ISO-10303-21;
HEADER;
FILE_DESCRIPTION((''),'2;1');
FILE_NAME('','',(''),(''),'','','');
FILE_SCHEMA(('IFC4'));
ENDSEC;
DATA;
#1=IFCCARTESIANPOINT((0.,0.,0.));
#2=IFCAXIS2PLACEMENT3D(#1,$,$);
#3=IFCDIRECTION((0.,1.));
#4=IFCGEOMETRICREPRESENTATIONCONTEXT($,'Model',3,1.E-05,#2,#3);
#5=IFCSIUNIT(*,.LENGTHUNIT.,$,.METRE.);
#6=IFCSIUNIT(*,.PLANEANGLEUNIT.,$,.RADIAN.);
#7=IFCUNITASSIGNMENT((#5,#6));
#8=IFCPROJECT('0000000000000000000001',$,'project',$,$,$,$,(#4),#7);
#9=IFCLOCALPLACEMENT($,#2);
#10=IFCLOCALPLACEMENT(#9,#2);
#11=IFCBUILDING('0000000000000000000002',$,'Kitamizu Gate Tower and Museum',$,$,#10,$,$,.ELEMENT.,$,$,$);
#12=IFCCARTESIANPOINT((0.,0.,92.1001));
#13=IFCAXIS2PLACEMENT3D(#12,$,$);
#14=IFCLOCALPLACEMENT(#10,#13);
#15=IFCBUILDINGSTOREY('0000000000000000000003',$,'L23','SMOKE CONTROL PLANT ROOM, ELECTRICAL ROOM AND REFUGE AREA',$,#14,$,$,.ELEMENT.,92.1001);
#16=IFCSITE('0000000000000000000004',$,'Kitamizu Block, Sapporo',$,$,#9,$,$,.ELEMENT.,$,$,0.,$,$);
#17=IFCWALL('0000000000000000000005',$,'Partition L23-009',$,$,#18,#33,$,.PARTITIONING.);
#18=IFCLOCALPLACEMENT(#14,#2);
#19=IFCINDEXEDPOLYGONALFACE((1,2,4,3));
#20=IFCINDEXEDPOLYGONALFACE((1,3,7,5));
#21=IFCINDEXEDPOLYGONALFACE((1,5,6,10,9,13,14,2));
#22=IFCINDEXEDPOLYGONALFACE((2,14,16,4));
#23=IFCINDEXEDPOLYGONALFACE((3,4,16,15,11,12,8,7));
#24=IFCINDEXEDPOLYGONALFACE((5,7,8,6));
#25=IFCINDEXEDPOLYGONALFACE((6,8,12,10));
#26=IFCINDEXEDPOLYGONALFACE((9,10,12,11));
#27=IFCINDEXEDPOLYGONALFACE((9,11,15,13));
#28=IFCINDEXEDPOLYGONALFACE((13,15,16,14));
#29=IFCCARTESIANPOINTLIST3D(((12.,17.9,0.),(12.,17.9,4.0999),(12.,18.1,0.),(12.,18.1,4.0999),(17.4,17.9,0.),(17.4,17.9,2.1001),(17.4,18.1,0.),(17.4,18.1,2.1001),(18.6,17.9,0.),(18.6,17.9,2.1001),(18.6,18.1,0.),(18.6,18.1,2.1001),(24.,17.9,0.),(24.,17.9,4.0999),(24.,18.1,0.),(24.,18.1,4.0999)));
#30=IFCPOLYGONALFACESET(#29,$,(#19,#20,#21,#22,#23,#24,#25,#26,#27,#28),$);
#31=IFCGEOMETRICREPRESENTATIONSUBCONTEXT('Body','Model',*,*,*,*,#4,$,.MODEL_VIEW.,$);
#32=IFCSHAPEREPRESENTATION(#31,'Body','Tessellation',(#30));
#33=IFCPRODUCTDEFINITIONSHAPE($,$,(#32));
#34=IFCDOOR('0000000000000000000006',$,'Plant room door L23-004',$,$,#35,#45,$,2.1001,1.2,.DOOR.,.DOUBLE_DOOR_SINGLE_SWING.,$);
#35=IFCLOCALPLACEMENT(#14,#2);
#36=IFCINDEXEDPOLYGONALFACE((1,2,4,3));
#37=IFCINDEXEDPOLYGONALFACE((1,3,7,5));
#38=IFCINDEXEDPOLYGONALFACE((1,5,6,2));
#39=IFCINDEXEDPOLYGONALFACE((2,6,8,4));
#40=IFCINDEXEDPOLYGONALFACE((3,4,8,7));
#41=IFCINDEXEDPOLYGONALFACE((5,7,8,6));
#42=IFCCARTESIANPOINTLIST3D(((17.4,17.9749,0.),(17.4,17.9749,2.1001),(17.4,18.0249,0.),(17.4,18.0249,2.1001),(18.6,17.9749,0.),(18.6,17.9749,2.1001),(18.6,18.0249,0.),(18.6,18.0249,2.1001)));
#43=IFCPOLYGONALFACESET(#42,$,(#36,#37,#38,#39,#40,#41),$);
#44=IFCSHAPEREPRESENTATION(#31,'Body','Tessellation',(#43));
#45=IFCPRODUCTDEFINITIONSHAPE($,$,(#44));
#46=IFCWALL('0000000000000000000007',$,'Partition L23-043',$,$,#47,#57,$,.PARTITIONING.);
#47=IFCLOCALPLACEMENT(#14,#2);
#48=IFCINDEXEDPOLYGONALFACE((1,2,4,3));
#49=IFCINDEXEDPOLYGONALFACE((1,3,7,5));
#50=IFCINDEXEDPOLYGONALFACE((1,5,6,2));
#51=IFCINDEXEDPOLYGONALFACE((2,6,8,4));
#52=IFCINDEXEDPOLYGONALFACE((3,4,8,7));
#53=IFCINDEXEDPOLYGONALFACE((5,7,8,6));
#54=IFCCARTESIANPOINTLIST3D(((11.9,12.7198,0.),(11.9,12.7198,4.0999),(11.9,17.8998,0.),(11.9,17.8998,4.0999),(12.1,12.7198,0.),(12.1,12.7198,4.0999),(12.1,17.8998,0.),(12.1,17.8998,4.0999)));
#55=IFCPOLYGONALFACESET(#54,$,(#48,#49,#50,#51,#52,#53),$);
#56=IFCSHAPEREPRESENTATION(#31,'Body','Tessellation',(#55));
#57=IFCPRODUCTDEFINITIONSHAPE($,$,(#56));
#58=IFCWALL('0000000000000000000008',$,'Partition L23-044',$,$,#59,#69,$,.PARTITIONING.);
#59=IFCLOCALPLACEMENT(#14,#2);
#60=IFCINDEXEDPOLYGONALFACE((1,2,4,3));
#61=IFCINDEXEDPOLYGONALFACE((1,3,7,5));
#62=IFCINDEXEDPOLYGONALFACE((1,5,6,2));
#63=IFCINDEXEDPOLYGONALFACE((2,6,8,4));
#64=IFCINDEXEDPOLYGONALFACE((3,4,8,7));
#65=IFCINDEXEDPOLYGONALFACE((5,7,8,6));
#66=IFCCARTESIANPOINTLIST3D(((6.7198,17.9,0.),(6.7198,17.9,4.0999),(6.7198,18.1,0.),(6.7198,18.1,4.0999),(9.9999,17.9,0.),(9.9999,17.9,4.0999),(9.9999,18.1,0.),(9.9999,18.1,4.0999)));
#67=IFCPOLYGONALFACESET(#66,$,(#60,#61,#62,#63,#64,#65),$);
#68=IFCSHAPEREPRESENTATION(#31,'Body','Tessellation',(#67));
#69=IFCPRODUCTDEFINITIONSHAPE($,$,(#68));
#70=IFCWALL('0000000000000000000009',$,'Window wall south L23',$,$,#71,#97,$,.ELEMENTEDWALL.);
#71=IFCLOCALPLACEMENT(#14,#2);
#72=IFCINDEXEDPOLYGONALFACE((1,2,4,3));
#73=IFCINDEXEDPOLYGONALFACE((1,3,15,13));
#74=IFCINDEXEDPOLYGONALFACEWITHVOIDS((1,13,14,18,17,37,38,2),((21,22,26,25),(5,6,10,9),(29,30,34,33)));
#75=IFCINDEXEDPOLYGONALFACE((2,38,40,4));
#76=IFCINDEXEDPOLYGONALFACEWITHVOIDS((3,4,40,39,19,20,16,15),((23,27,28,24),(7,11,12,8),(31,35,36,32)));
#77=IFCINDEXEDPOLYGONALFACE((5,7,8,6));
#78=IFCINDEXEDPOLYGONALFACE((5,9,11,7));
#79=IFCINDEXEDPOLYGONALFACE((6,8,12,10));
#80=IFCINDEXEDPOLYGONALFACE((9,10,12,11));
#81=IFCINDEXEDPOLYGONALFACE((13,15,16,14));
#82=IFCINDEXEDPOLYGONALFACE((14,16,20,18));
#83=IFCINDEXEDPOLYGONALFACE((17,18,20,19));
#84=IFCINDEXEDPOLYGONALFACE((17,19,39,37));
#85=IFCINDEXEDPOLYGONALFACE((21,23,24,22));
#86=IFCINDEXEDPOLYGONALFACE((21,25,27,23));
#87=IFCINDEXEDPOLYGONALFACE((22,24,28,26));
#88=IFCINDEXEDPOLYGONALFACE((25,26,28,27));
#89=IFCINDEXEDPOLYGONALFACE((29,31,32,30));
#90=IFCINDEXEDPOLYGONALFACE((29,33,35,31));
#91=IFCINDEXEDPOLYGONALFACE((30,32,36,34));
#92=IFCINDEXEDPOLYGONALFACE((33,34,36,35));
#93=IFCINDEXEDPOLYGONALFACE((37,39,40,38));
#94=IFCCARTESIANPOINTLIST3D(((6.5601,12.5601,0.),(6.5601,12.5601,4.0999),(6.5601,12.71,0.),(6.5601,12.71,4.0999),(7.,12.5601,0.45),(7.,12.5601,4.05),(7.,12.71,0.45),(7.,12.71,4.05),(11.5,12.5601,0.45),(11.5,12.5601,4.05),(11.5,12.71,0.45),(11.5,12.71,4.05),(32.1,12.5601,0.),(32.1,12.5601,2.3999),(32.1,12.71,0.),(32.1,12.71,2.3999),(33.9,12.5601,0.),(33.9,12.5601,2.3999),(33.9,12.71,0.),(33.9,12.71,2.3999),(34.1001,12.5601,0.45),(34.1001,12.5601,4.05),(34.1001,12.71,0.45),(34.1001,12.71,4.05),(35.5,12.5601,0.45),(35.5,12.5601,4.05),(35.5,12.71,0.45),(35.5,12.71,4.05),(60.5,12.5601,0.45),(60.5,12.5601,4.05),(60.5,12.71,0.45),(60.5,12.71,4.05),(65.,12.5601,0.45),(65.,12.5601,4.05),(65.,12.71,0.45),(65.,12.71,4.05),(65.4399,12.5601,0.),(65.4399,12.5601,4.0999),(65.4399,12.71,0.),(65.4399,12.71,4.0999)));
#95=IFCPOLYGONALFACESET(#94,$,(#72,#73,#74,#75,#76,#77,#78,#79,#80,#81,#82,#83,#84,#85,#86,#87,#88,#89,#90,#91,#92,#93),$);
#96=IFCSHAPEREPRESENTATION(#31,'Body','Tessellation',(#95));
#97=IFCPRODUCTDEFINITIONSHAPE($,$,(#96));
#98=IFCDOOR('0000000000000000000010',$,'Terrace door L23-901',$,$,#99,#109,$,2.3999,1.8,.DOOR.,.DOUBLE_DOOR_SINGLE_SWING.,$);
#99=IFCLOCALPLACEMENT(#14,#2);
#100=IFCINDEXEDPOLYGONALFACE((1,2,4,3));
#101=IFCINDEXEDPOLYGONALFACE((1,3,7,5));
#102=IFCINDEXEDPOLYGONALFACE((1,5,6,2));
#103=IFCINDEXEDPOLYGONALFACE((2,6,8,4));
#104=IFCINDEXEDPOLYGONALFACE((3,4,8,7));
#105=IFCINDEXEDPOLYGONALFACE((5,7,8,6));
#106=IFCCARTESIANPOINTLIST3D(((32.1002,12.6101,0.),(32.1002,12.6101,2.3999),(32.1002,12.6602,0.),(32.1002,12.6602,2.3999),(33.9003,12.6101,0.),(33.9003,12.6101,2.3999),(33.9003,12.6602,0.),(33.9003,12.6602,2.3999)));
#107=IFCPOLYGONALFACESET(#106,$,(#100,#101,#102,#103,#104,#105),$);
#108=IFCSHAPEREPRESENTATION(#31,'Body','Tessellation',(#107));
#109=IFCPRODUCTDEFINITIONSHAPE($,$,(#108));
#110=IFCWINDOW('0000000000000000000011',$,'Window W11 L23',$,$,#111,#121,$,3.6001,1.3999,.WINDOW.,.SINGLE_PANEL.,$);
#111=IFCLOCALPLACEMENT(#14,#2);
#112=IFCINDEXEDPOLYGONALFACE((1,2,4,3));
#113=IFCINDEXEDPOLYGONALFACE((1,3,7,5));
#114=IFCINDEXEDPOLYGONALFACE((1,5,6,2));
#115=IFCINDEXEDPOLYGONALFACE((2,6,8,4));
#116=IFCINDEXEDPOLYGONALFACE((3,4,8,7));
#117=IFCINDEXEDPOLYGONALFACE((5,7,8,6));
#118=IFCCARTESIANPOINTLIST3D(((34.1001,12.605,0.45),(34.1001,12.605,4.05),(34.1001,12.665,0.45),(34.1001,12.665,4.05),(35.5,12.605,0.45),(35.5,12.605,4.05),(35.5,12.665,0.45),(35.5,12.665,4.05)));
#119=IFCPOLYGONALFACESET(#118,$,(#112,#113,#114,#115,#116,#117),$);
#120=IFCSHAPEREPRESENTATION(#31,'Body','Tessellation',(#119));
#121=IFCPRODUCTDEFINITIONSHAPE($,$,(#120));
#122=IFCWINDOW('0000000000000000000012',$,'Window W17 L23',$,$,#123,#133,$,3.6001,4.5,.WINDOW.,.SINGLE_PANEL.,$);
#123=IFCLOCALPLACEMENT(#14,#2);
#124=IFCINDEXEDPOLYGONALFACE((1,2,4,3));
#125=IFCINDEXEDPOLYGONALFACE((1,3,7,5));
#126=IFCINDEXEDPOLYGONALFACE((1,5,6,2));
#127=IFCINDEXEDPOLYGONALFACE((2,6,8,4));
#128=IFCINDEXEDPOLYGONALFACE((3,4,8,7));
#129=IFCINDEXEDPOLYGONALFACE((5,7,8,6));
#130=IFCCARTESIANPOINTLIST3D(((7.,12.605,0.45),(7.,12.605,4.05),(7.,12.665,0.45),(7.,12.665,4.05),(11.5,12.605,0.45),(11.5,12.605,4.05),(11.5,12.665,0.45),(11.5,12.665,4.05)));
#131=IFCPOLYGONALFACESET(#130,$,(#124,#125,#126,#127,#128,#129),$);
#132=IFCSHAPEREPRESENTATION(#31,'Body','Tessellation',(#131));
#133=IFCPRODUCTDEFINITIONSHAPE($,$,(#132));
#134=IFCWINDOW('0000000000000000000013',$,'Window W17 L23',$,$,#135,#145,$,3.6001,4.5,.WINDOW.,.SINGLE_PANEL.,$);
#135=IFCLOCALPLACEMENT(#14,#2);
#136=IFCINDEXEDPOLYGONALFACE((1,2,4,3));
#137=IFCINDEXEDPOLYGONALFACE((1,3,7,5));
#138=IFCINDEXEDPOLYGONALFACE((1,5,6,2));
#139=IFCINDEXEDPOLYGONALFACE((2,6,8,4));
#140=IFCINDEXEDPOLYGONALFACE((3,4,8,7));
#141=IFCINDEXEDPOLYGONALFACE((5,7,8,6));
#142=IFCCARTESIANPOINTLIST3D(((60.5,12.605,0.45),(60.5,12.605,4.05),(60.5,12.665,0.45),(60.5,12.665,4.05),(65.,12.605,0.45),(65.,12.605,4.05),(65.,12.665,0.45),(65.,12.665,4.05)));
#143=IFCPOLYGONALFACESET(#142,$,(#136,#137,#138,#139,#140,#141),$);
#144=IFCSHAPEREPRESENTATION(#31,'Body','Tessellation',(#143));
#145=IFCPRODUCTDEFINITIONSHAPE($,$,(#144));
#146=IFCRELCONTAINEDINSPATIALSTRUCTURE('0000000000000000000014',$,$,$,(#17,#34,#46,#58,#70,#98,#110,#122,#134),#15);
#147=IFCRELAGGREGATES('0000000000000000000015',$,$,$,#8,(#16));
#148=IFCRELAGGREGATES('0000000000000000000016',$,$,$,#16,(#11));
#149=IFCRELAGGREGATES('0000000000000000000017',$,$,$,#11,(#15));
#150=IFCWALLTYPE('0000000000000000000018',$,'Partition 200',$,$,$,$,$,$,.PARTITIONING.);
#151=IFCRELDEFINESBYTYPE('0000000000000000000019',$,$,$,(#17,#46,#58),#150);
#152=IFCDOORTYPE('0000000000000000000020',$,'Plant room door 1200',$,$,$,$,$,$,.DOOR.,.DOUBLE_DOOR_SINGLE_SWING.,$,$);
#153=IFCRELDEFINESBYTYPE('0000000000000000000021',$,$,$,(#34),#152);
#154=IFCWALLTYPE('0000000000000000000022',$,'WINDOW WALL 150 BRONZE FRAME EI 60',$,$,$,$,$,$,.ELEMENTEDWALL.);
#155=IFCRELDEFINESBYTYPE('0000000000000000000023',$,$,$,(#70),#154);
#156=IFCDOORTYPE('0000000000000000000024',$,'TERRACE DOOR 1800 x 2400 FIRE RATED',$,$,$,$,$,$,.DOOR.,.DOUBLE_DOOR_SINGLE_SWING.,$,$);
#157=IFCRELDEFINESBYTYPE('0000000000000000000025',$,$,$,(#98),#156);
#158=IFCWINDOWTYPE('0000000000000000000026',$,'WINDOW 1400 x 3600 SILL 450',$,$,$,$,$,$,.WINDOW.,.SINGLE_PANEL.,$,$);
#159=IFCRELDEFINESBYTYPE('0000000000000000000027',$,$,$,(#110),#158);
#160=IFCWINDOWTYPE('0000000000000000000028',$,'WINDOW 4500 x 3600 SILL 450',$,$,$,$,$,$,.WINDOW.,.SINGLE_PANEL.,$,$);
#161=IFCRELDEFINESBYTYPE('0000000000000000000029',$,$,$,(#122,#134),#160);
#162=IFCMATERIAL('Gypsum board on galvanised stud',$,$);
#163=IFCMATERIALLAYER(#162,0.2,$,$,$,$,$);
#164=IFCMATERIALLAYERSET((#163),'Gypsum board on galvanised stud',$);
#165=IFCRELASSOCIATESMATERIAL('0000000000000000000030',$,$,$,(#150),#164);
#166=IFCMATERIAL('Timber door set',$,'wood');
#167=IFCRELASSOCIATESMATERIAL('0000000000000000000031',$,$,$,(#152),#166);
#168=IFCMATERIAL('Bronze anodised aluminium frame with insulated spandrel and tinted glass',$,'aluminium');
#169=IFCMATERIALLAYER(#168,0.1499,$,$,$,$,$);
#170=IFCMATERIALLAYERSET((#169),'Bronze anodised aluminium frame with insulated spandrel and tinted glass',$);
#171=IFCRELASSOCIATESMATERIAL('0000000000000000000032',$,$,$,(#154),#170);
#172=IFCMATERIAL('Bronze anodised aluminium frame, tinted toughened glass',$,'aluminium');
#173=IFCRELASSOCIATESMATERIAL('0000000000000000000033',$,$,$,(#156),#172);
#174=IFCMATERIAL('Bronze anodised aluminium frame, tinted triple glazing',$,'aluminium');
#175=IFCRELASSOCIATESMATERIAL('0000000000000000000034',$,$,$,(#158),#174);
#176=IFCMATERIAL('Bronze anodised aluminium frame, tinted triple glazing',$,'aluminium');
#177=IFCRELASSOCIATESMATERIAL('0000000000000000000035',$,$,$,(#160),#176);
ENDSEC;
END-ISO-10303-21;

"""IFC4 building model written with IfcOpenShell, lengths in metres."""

from ifc_helpers import new_model, si_unit, direction, frame, frame_2d, origin, place, context, subcontext, project, spatial, rectangle, extrude, material, layer, layer_set, type_object, element, fill, save


model = new_model("IFC4")

# Units and contexts
model_context = context("Model", 3, precision=1e-05, world=origin(), true_north=direction((0.0, 1.0)))
body_context = subcontext(model_context, "Body", "Model", "MODEL_VIEW")
ifc_project = project(units=[si_unit("LENGTHUNIT", "METRE"), si_unit("PLANEANGLEUNIT", "RADIAN")], contexts=[model_context])

# Site, building, storey
site_placement = place(None, origin())
site = spatial("IfcSite", under=ifc_project, at=site_placement, Name="Kitamizu Block, Sapporo", CompositionType="ELEMENT", RefElevation=0.0)
building_placement = place(site_placement, origin())
building = spatial("IfcBuilding", under=site, at=building_placement, Name="Kitamizu Gate Tower and Museum", CompositionType="ELEMENT")
storey_placement = place(building_placement, frame((0.0, 0.0, 92.1001)))
storey = spatial("IfcBuildingStorey", under=building, at=storey_placement, Name="L23", Description="SMOKE CONTROL PLANT ROOM, ELECTRICAL ROOM AND REFUGE AREA", CompositionType="ELEMENT", Elevation=92.1001)

# Wall, opening, door
ifc_material_1 = material(Name="Gypsum board on galvanised stud")
ifc_layer_1 = layer(ifc_material_1, 0.2)
ifc_layer_set_1 = layer_set([ifc_layer_1], Name="Gypsum board on galvanised stud")
wall_type_1 = type_object("IfcWallType", Name="Partition 200", PredefinedType="PARTITIONING", material=ifc_layer_set_1)
ifc_material_2 = material(Name="Timber door set", Category="wood")
door_type_1 = type_object("IfcDoorType", Name="Plant room door 1200", OperationType="DOUBLE_DOOR_SINGLE_SWING", PredefinedType="DOOR", material=ifc_material_2)
wall_1_placement = place(storey_placement, frame((12.0, 18.0, 0.0), z_axis=(0.0, 0.0, 1.0), x_axis=(1.0, 0.0, 0.0)))
wall_1 = element("IfcWall", 1, at=wall_1_placement, inside=storey, type_object=wall_type_1, Name="Partition L23-009", PredefinedType="PARTITIONING", context=body_context, shape_type="SweptSolid", body=[
    extrude(rectangle(XDim=12.0, YDim=0.2, at=frame_2d((6.0, 0.0))), origin(), (0.0, 0.0, 1.0), 4.0999),
])
opening_1_placement = place(wall_1_placement, frame((5.3999, 0.0, 0.0)))
opening_1 = element("IfcOpeningElement", 2, at=opening_1_placement, cuts=wall_1, PredefinedType="OPENING", context=body_context, shape_type="SweptSolid", body=[
    extrude(rectangle(XDim=1.2, YDim=2.1001, at=frame_2d((0.6001, 1.05))), frame((0.0, 0.1099, 0.0), z_axis=(0.0, -1.0, 0.0), x_axis=(1.0, 0.0, 0.0)), (0.0, 0.0, 1.0), 0.22),
])
door_1_placement = place(opening_1_placement, origin())
door_1 = element("IfcDoor", 3, at=door_1_placement, inside=storey, type_object=door_type_1, Name="Plant room door L23-004", OperationType="DOUBLE_DOOR_SINGLE_SWING", OverallHeight=2.1001, OverallWidth=1.2, PredefinedType="DOOR", context=body_context, shape_type="SweptSolid", body=[
    extrude(rectangle(XDim=1.2, YDim=2.1001, at=frame_2d((0.6001, 1.05))), frame((0.0, 0.0249, 0.0), z_axis=(0.0, -1.0, 0.0), x_axis=(1.0, 0.0, 0.0)), (0.0, 0.0, 1.0), 0.05),
])
fill(opening_1, door_1)

# Walls
wall_2_placement = place(storey_placement, frame((12.0, 12.72, 0.0), z_axis=(0.0, 0.0, 1.0), x_axis=(0.0, 1.0, 0.0)))
element("IfcWall", 4, at=wall_2_placement, inside=storey, type_object=wall_type_1, Name="Partition L23-043", PredefinedType="PARTITIONING", context=body_context, shape_type="SweptSolid", body=[
    extrude(rectangle(XDim=5.1799, YDim=0.2, at=frame_2d((2.5898, 0.0))), origin(), (0.0, 0.0, 1.0), 4.0999),
])
wall_3_placement = place(storey_placement, frame((10.0, 18.0, 0.0), z_axis=(0.0, 0.0, 1.0), x_axis=(-1.0, 0.0, 0.0)))
element("IfcWall", 5, at=wall_3_placement, inside=storey, type_object=wall_type_1, Name="Partition L23-044", PredefinedType="PARTITIONING", context=body_context, shape_type="SweptSolid", body=[
    extrude(rectangle(XDim=3.28, YDim=0.2, at=frame_2d((1.6401, 0.0))), origin(), (0.0, 0.0, 1.0), 4.0999),
])

# Wall, openings, door, windows
ifc_material_3 = material(Name="Bronze anodised aluminium frame with insulated spandrel and tinted glass", Category="aluminium")
ifc_layer_2 = layer(ifc_material_3, 0.1499)
ifc_layer_set_2 = layer_set([ifc_layer_2], Name="Bronze anodised aluminium frame with insulated spandrel and tinted glass")
wall_type_2 = type_object("IfcWallType", Name="WINDOW WALL 150 BRONZE FRAME EI 60", PredefinedType="ELEMENTEDWALL", material=ifc_layer_set_2)
wall_4_placement = place(storey_placement, frame((6.5601, 12.635, 0.0), z_axis=(0.0, 0.0, 1.0), x_axis=(1.0, 0.0, 0.0)))
wall_4 = element("IfcWall", 6, at=wall_4_placement, inside=storey, type_object=wall_type_2, Name="Window wall south L23", PredefinedType="ELEMENTEDWALL", context=body_context, shape_type="SweptSolid", body=[
    extrude(rectangle(XDim=58.8799, YDim=0.1499, at=frame_2d((29.4399, 0.0))), origin(), (0.0, 0.0, 1.0), 4.0999),
])
opening_2_placement = place(wall_4_placement, frame((0.4399, 0.0, 0.45)))
opening_2 = element("IfcOpeningElement", 7, at=opening_2_placement, cuts=wall_4, PredefinedType="OPENING", context=body_context, shape_type="SweptSolid", body=[
    extrude(rectangle(XDim=4.5, YDim=3.6001, at=frame_2d((2.25, 1.8))), frame((0.0, 0.085, 0.0), z_axis=(0.0, -1.0, 0.0), x_axis=(1.0, 0.0, 0.0)), (0.0, 0.0, 1.0), 0.1699),
])
opening_3_placement = place(wall_4_placement, frame((27.54, 0.0, 0.45)))
opening_3 = element("IfcOpeningElement", 8, at=opening_3_placement, cuts=wall_4, PredefinedType="OPENING", context=body_context, shape_type="SweptSolid", body=[
    extrude(rectangle(XDim=1.3999, YDim=3.6001, at=frame_2d((0.7, 1.8))), frame((0.0, 0.085, 0.0), z_axis=(0.0, -1.0, 0.0), x_axis=(1.0, 0.0, 0.0)), (0.0, 0.0, 1.0), 0.1699),
])
opening_4_placement = place(wall_4_placement, frame((25.54, 0.0, 0.0)))
opening_4 = element("IfcOpeningElement", 9, at=opening_4_placement, cuts=wall_4, PredefinedType="OPENING", context=body_context, shape_type="SweptSolid", body=[
    extrude(rectangle(XDim=1.8, YDim=2.3999, at=frame_2d((0.8999, 1.2))), frame((0.0, 0.085, 0.0), z_axis=(0.0, -1.0, 0.0), x_axis=(1.0, 0.0, 0.0)), (0.0, 0.0, 1.0), 0.1699),
])
opening_5_placement = place(wall_4_placement, frame((53.9399, 0.0, 0.45)))
opening_5 = element("IfcOpeningElement", 10, at=opening_5_placement, cuts=wall_4, PredefinedType="OPENING", context=body_context, shape_type="SweptSolid", body=[
    extrude(rectangle(XDim=4.5, YDim=3.6001, at=frame_2d((2.25, 1.8))), frame((0.0, 0.085, 0.0), z_axis=(0.0, -1.0, 0.0), x_axis=(1.0, 0.0, 0.0)), (0.0, 0.0, 1.0), 0.1699),
])
ifc_material_4 = material(Name="Bronze anodised aluminium frame, tinted toughened glass", Category="aluminium")
door_type_2 = type_object("IfcDoorType", Name="TERRACE DOOR 1800 x 2400 FIRE RATED", OperationType="DOUBLE_DOOR_SINGLE_SWING", PredefinedType="DOOR", material=ifc_material_4)
door_2_placement = place(opening_4_placement, frame((1.8, 0.0, 0.0), x_axis=(-1.0, 0.0, 0.0)))
door_2 = element("IfcDoor", 11, at=door_2_placement, inside=storey, type_object=door_type_2, Name="Terrace door L23-901", OperationType="DOUBLE_DOOR_SINGLE_SWING", OverallHeight=2.3999, OverallWidth=1.8, PredefinedType="DOOR", context=body_context, shape_type="SweptSolid", body=[
    extrude(rectangle(XDim=1.8, YDim=2.3999, at=frame_2d((0.8999, 1.2))), frame((0.0, 0.0249, 0.0), z_axis=(0.0, -1.0, 0.0), x_axis=(1.0, 0.0, 0.0)), (0.0, 0.0, 1.0), 0.05),
])
fill(opening_4, door_2)
ifc_material_5 = material(Name="Bronze anodised aluminium frame, tinted triple glazing", Category="aluminium")
window_type_1 = type_object("IfcWindowType", Name="WINDOW 1400 x 3600 SILL 450", PartitioningType="SINGLE_PANEL", PredefinedType="WINDOW", material=ifc_material_5)
window_1_placement = place(opening_3_placement, origin())
window_1 = element("IfcWindow", 12, at=window_1_placement, inside=storey, type_object=window_type_1, Name="Window W11 L23", OverallHeight=3.6001, OverallWidth=1.3999, PartitioningType="SINGLE_PANEL", PredefinedType="WINDOW", context=body_context, shape_type="SweptSolid", body=[
    extrude(rectangle(XDim=1.3999, YDim=3.6001, at=frame_2d((0.7, 1.8))), frame((0.0, 0.03, 0.0), z_axis=(0.0, -1.0, 0.0), x_axis=(1.0, 0.0, 0.0)), (0.0, 0.0, 1.0), 0.0601),
])
fill(opening_3, window_1)
ifc_material_6 = material(Name="Bronze anodised aluminium frame, tinted triple glazing", Category="aluminium")
window_type_2 = type_object("IfcWindowType", Name="WINDOW 4500 x 3600 SILL 450", PartitioningType="SINGLE_PANEL", PredefinedType="WINDOW", material=ifc_material_6)
window_2_placement = place(opening_2_placement, origin())
window_2 = element("IfcWindow", 13, at=window_2_placement, inside=storey, type_object=window_type_2, Name="Window W17 L23", OverallHeight=3.6001, OverallWidth=4.5, PartitioningType="SINGLE_PANEL", PredefinedType="WINDOW", context=body_context, shape_type="SweptSolid", body=[
    extrude(rectangle(XDim=4.5, YDim=3.6001, at=frame_2d((2.25, 1.8))), frame((0.0, 0.03, 0.0), z_axis=(0.0, -1.0, 0.0), x_axis=(1.0, 0.0, 0.0)), (0.0, 0.0, 1.0), 0.0601),
])
fill(opening_2, window_2)
window_3_placement = place(opening_5_placement, origin())
window_3 = element("IfcWindow", 14, at=window_3_placement, inside=storey, type_object=window_type_2, Name="Window W17 L23", OverallHeight=3.6001, OverallWidth=4.5, PartitioningType="SINGLE_PANEL", PredefinedType="WINDOW", context=body_context, shape_type="SweptSolid", body=[
    extrude(rectangle(XDim=4.5, YDim=3.6001, at=frame_2d((2.25, 1.8))), frame((0.0, 0.03, 0.0), z_axis=(0.0, -1.0, 0.0), x_axis=(1.0, 0.0, 0.0)), (0.0, 0.0, 1.0), 0.0601),
])
fill(opening_5, window_3)

save(model, "model.ifc")
